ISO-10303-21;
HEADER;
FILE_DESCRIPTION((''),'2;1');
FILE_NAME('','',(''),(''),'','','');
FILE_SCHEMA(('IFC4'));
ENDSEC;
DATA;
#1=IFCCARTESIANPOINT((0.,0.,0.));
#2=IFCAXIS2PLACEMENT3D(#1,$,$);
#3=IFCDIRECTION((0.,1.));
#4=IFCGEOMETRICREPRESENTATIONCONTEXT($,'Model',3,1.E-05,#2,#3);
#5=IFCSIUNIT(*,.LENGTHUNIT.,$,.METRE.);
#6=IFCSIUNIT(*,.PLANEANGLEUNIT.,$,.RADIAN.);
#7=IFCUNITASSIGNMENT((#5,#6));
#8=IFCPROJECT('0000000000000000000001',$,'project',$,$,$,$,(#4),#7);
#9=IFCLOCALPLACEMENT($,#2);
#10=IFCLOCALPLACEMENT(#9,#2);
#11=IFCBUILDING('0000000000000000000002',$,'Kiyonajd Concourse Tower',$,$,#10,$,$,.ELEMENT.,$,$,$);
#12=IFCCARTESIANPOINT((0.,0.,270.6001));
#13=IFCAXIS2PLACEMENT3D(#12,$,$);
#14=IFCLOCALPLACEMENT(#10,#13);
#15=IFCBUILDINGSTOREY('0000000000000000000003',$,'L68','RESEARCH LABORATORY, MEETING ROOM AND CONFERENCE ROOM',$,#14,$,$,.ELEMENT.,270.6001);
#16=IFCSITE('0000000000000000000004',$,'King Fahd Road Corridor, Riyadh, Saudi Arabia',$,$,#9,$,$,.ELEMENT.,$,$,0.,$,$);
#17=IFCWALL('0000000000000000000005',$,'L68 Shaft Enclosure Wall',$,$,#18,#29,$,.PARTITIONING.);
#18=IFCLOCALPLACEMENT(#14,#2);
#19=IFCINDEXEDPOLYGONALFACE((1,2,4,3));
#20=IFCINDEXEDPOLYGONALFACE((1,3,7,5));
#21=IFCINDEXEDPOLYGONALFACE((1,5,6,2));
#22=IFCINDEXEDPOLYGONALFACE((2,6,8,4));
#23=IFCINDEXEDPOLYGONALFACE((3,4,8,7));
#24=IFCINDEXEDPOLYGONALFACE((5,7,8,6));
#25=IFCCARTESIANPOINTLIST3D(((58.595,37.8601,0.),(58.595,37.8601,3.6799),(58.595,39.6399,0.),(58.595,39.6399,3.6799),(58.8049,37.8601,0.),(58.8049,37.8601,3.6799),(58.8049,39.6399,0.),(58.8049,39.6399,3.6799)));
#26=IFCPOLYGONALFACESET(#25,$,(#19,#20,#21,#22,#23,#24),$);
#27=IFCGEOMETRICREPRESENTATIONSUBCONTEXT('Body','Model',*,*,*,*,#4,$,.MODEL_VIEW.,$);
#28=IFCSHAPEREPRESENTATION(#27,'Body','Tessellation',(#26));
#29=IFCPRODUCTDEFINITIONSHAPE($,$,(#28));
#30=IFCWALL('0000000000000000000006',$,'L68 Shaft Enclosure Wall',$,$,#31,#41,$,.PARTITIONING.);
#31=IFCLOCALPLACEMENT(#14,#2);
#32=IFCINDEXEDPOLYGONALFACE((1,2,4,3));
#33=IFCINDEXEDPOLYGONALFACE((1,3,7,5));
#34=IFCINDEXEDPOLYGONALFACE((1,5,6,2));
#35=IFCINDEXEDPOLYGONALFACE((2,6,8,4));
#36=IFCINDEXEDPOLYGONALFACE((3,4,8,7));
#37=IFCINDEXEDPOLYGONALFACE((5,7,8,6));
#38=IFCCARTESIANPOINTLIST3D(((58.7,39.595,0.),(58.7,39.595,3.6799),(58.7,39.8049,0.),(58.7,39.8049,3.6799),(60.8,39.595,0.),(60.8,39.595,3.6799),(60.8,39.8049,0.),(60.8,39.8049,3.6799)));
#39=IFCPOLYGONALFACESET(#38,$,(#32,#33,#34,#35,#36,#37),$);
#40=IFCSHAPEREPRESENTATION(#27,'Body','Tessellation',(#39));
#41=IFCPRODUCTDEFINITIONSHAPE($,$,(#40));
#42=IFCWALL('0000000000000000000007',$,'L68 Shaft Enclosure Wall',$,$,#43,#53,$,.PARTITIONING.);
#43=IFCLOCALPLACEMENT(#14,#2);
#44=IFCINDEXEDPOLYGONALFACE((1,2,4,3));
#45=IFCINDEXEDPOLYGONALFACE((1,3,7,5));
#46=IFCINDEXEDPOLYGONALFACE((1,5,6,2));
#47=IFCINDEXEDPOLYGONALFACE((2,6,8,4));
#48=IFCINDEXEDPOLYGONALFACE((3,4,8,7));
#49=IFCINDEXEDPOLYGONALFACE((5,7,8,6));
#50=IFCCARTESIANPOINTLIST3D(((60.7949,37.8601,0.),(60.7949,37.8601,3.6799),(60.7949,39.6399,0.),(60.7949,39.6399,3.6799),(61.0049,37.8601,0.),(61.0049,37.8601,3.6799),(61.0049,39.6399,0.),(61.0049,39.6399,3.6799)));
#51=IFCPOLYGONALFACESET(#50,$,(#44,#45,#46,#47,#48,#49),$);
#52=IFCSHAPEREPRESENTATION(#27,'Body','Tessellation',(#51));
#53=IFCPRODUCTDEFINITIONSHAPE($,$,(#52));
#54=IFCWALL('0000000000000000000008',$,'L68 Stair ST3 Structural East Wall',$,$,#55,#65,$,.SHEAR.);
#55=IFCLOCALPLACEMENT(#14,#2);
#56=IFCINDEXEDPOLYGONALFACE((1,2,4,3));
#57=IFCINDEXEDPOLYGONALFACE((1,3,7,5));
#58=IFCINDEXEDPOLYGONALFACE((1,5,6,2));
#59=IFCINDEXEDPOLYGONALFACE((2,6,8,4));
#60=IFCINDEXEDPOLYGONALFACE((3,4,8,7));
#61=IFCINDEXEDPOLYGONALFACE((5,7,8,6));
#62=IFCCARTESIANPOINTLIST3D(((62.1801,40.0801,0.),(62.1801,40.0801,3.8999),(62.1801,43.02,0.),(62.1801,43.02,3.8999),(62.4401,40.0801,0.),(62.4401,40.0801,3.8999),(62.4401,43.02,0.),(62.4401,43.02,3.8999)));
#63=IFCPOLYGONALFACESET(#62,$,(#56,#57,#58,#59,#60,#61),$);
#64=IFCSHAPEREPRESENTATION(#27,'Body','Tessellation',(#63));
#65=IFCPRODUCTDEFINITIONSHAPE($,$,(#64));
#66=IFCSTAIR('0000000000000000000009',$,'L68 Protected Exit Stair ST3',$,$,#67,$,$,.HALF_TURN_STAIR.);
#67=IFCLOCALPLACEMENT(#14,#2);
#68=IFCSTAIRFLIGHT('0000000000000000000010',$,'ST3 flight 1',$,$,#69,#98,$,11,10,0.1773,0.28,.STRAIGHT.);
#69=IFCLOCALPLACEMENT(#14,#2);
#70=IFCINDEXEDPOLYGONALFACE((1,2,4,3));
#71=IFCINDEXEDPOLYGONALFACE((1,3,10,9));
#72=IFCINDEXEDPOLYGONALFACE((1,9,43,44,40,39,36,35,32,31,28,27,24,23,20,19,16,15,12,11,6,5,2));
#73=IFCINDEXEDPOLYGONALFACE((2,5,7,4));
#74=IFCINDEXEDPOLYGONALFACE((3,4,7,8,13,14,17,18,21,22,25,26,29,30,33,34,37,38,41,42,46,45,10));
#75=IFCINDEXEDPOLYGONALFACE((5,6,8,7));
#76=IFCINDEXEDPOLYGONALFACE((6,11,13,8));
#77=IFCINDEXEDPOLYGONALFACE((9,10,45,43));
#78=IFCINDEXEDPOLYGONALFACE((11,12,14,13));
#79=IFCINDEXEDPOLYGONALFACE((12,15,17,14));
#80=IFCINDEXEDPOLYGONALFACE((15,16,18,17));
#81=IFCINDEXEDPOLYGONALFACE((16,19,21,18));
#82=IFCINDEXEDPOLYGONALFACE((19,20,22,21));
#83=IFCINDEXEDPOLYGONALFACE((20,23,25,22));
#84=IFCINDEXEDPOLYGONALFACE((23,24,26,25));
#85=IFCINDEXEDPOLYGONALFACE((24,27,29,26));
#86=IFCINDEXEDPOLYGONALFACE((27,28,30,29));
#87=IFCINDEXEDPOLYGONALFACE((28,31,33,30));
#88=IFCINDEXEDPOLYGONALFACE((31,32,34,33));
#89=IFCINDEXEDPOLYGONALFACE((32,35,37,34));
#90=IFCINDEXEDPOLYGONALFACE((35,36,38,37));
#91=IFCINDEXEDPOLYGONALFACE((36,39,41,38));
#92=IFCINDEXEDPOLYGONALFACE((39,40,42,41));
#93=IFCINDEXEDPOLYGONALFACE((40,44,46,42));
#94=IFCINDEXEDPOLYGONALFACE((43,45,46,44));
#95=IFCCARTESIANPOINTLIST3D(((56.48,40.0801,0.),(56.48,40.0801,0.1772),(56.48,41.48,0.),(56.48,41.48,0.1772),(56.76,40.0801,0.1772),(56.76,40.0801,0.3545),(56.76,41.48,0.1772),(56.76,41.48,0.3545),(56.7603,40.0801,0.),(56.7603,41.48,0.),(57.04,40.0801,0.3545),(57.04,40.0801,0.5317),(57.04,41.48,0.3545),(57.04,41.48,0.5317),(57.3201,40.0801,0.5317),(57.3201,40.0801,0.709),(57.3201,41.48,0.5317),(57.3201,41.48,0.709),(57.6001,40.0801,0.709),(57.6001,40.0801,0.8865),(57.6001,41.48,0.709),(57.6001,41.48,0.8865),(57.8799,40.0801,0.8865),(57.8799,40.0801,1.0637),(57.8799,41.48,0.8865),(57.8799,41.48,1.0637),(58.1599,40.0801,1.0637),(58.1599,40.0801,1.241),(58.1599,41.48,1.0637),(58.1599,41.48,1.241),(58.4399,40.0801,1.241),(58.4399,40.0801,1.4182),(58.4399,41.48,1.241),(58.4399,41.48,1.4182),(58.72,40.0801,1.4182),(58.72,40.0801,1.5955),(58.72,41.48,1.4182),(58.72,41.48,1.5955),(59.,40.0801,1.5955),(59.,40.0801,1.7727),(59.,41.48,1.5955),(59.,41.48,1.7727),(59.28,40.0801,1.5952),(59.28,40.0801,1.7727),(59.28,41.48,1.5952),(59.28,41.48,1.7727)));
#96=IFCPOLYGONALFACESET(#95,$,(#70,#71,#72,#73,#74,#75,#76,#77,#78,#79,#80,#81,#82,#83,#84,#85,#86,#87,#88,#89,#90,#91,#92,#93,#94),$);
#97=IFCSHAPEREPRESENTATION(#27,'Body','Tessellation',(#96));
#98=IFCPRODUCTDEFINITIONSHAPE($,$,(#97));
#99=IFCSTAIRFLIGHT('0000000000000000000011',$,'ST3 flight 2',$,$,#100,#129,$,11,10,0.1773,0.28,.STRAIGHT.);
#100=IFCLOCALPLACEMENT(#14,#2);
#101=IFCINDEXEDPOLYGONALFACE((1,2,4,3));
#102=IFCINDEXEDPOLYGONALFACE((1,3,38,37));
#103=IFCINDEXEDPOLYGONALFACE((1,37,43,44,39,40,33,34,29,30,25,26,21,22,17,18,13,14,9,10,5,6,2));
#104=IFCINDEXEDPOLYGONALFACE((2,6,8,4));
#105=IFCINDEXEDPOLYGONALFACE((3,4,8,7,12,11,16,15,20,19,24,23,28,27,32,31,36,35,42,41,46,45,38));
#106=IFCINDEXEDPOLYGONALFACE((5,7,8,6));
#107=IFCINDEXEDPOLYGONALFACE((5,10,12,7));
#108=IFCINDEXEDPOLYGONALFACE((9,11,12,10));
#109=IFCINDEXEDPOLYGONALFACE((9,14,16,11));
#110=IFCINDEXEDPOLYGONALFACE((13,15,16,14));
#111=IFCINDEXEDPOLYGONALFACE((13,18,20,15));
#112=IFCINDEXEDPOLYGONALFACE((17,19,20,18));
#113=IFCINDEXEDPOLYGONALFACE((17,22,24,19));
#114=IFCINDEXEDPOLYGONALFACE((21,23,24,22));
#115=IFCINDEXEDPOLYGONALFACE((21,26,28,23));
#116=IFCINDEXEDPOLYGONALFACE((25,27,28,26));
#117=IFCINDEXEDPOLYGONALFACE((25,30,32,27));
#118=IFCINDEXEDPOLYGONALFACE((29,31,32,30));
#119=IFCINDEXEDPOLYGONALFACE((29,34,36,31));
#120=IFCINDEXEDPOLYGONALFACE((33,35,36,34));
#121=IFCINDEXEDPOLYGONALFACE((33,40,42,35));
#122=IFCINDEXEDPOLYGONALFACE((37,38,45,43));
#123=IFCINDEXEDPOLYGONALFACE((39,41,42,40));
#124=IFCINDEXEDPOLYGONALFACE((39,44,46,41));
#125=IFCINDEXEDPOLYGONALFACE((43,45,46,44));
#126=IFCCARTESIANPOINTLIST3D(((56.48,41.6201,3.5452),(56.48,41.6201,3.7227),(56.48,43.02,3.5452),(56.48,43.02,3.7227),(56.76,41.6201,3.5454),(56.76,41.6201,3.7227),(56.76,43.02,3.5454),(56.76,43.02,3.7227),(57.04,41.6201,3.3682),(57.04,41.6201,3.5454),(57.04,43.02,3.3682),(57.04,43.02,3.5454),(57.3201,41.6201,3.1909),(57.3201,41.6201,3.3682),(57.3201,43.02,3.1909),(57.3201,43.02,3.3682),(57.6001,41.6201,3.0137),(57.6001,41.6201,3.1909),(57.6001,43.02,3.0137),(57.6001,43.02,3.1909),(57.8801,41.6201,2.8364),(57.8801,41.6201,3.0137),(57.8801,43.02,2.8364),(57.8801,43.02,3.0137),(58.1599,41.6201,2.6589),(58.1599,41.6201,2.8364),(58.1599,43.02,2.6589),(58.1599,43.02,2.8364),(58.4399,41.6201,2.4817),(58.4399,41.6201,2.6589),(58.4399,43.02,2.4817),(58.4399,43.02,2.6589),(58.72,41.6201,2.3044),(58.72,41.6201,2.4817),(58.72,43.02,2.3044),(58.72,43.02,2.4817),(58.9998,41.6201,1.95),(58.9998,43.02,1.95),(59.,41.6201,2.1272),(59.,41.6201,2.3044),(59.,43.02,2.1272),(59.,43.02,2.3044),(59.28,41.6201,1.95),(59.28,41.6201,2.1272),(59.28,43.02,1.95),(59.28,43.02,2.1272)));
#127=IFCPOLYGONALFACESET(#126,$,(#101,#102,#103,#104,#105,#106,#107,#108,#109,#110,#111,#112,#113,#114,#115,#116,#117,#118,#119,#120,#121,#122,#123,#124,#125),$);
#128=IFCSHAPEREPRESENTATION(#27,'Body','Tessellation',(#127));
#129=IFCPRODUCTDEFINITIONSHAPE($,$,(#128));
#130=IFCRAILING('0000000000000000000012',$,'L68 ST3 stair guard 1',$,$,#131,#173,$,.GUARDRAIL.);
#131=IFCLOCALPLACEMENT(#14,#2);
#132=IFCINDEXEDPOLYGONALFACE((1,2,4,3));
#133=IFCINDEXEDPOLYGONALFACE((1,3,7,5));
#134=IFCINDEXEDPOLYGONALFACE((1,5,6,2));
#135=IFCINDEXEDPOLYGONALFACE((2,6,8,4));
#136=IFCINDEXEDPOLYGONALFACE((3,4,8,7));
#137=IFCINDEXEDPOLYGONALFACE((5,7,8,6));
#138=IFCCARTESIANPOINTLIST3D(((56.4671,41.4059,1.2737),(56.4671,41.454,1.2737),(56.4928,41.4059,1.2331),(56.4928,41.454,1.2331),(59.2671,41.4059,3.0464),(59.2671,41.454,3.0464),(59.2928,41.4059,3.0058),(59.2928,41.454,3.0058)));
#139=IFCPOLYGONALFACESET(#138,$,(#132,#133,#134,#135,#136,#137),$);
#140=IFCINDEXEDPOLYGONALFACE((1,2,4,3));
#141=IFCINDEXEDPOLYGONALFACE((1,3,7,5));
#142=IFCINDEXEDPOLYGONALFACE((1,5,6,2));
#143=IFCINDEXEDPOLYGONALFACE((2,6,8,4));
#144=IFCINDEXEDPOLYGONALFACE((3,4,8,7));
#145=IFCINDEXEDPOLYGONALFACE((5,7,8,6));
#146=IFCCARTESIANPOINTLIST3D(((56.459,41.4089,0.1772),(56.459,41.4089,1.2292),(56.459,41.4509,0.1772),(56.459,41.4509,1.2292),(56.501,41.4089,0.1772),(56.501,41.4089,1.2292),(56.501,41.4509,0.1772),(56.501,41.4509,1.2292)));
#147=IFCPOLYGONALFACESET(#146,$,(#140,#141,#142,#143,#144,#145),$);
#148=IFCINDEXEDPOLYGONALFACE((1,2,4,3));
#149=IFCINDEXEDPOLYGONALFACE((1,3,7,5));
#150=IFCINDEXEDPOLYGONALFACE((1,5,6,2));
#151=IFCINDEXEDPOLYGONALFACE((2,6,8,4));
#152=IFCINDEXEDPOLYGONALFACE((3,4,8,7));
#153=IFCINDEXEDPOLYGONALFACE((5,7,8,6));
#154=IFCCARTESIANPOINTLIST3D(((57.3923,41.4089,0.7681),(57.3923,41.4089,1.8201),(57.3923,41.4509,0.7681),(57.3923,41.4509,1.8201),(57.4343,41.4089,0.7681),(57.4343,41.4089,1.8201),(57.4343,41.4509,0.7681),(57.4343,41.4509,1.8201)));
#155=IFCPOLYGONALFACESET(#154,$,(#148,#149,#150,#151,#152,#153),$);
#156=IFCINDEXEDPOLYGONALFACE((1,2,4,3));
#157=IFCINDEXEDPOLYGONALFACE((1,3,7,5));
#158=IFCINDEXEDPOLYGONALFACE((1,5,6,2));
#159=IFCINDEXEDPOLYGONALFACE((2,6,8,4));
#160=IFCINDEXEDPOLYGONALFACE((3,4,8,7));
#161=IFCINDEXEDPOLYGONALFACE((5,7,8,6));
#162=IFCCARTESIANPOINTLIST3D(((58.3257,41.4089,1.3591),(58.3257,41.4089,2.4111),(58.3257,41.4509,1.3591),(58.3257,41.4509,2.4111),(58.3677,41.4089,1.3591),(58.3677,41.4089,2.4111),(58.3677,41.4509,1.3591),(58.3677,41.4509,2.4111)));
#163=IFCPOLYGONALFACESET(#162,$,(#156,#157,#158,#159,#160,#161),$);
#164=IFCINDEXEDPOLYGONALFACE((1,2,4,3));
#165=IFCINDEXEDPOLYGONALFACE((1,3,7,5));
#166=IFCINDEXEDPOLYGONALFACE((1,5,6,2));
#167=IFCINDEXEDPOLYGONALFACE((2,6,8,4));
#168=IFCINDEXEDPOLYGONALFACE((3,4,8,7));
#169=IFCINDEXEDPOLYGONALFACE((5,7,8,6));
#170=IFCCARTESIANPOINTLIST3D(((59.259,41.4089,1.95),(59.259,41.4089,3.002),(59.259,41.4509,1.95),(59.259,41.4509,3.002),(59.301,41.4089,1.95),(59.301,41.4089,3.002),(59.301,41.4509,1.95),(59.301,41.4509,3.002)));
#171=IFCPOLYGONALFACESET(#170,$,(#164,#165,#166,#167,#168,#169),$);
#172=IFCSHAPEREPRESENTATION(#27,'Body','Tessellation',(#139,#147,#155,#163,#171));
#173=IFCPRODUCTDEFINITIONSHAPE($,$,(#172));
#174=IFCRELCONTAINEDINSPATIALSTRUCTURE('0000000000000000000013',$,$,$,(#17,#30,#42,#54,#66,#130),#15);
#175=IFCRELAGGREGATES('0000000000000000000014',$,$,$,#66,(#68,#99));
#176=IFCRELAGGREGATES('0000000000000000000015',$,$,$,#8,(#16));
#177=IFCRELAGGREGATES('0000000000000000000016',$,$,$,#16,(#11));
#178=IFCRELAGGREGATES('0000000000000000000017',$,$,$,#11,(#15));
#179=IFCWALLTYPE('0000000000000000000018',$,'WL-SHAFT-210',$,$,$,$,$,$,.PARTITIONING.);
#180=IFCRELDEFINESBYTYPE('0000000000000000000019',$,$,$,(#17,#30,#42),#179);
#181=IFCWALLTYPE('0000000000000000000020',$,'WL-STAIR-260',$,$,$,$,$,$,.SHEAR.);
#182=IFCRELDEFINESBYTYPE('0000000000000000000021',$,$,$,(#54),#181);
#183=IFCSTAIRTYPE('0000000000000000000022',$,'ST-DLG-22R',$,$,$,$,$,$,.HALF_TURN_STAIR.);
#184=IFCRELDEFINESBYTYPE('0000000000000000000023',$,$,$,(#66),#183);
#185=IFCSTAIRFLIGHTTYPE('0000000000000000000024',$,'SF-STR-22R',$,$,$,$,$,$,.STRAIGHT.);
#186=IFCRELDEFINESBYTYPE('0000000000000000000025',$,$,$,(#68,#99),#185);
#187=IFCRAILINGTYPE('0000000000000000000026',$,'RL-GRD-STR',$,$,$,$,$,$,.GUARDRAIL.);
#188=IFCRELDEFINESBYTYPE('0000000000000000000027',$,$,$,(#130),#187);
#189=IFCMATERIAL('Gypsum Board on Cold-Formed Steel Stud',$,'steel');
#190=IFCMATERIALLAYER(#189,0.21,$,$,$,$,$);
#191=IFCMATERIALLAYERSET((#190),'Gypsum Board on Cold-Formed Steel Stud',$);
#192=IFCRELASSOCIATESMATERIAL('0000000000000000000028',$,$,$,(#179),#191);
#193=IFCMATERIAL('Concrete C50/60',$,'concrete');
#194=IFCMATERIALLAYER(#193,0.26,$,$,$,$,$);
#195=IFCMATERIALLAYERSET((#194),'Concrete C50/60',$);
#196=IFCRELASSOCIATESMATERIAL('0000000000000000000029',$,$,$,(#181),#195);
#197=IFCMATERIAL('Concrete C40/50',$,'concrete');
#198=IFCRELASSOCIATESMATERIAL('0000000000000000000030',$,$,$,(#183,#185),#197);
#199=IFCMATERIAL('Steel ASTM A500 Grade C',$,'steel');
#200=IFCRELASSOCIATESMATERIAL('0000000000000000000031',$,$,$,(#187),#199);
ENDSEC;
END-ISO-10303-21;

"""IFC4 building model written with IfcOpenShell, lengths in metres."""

from ifc_helpers import new_model, si_unit, direction, frame, frame_2d, origin, origin_2d, place, context, subcontext, project, spatial, polyline, rectangle, outline, extrude, material, layer, layer_set, type_object, element, aggregate, save


model = new_model("IFC4")

# Units and contexts
model_context = context("Model", 3, precision=1e-05, world=origin(), true_north=direction((0.0, 1.0)))
body_context = subcontext(model_context, "Body", "Model", "MODEL_VIEW")
ifc_project = project(units=[si_unit("LENGTHUNIT", "METRE"), si_unit("PLANEANGLEUNIT", "RADIAN")], contexts=[model_context])

# Site, building, storey
site_placement = place(None, origin())
site = spatial("IfcSite", under=ifc_project, at=site_placement, Name="King Fahd Road Corridor, Riyadh, Saudi Arabia", CompositionType="ELEMENT", RefElevation=0.0)
building_placement = place(site_placement, origin())
building = spatial("IfcBuilding", under=site, at=building_placement, Name="Kiyonajd Concourse Tower", CompositionType="ELEMENT")
storey_placement = place(building_placement, frame((0.0, 0.0, 270.6001)))
storey = spatial("IfcBuildingStorey", under=building, at=storey_placement, Name="L68", Description="RESEARCH LABORATORY, MEETING ROOM AND CONFERENCE ROOM", CompositionType="ELEMENT", Elevation=270.6001)

# Shared definitions
ifc_material_1 = material(Name="Gypsum Board on Cold-Formed Steel Stud", Category="steel")

# Walls
ifc_layer_1 = layer(ifc_material_1, 0.21)
ifc_layer_set_1 = layer_set([ifc_layer_1], Name="Gypsum Board on Cold-Formed Steel Stud")
wall_type_1 = type_object("IfcWallType", Name="WL-SHAFT-210", PredefinedType="PARTITIONING", material=ifc_layer_set_1)
wall_1_placement = place(storey_placement, frame((58.7, 37.8601, 0.0), z_axis=(0.0, 0.0, 1.0), x_axis=(0.0, 1.0, 0.0)))
element("IfcWall", 1, at=wall_1_placement, inside=storey, type_object=wall_type_1, Name="L68 Shaft Enclosure Wall", PredefinedType="PARTITIONING", context=body_context, shape_type="SweptSolid", body=[
    extrude(rectangle(XDim=1.7798, YDim=0.21, at=frame_2d((0.8899, 0.0))), origin(), (0.0, 0.0, 1.0), 3.6799),
])
wall_2_placement = place(storey_placement, frame((58.7, 39.7, 0.0), z_axis=(0.0, 0.0, 1.0), x_axis=(1.0, 0.0, 0.0)))
element("IfcWall", 2, at=wall_2_placement, inside=storey, type_object=wall_type_1, Name="L68 Shaft Enclosure Wall", PredefinedType="PARTITIONING", context=body_context, shape_type="SweptSolid", body=[
    extrude(rectangle(XDim=2.1001, YDim=0.21, at=frame_2d((1.05, 0.0))), origin(), (0.0, 0.0, 1.0), 3.6799),
])
wall_3_placement = place(storey_placement, frame((60.8999, 37.8601, 0.0), z_axis=(0.0, 0.0, 1.0), x_axis=(0.0, 1.0, 0.0)))
element("IfcWall", 3, at=wall_3_placement, inside=storey, type_object=wall_type_1, Name="L68 Shaft Enclosure Wall", PredefinedType="PARTITIONING", context=body_context, shape_type="SweptSolid", body=[
    extrude(rectangle(XDim=1.7798, YDim=0.21, at=frame_2d((0.8899, 0.0))), origin(), (0.0, 0.0, 1.0), 3.6799),
])
ifc_material_2 = material(Name="Concrete C50/60", Category="concrete")
ifc_layer_2 = layer(ifc_material_2, 0.26)
ifc_layer_set_2 = layer_set([ifc_layer_2], Name="Concrete C50/60")
wall_type_2 = type_object("IfcWallType", Name="WL-STAIR-260", PredefinedType="SHEAR", material=ifc_layer_set_2)
wall_4_placement = place(storey_placement, frame((62.3101, 40.0801, 0.0), z_axis=(0.0, 0.0, 1.0), x_axis=(0.0, 1.0, 0.0)))
element("IfcWall", 4, at=wall_4_placement, inside=storey, type_object=wall_type_2, Name="L68 Stair ST3 Structural East Wall", PredefinedType="SHEAR", context=body_context, shape_type="SweptSolid", body=[
    extrude(rectangle(XDim=2.9399, YDim=0.26, at=frame_2d((1.47, 0.0))), origin(), (0.0, 0.0, 1.0), 3.8999),
])

# Stair, stair flights
ifc_material_3 = material(Name="Concrete C40/50", Category="concrete")
stair_type = type_object("IfcStairType", Name="ST-DLG-22R", PredefinedType="HALF_TURN_STAIR", material=ifc_material_3)
stair_placement = place(storey_placement, origin())
stair = element("IfcStair", 5, at=stair_placement, inside=storey, type_object=stair_type, Name="L68 Protected Exit Stair ST3", PredefinedType="HALF_TURN_STAIR")
stair_flight_type = type_object("IfcStairFlightType", Name="SF-STR-22R", PredefinedType="STRAIGHT", material=ifc_material_3)
stair_flight_1_placement = place(storey_placement, frame((56.48, 40.78, 0.0), z_axis=(0.0, 0.0, 1.0), x_axis=(1.0, 0.0, 0.0)))
stair_flight_1 = element("IfcStairFlight", 6, at=stair_flight_1_placement, type_object=stair_flight_type, Name="ST3 flight 1", NumberOfRisers=11, NumberOfTreads=10, PredefinedType="STRAIGHT", RiserHeight=0.1773, TreadLength=0.28, context=body_context, shape_type="SweptSolid", body=[
    extrude(outline(polyline([(0.0, 0.0), (0.0, 0.1772), (0.28, 0.1772), (0.28, 0.3545), (0.5601, 0.3545), (0.5601, 0.5317), (0.8401, 0.5317), (0.8401, 0.709), (1.1201, 0.709), (1.1201, 0.8865), (1.3999, 0.8865), (1.3999, 1.0637), (1.6799, 1.0637), (1.6799, 1.241), (1.96, 1.241), (1.96, 1.4182), (2.24, 1.4182), (2.24, 1.5955), (2.52, 1.5955), (2.52, 1.7727), (2.8, 1.7727), (2.8, 1.95), (2.8, 1.5952), (0.2803, 0.0), (0.0, 0.0)])), frame((0.0, 0.7, 0.0), z_axis=(0.0, -1.0, 0.0), x_axis=(1.0, 0.0, 0.0)), (0.0, 0.0, 1.0), 1.3999),
])
stair_flight_2_placement = place(storey_placement, frame((59.28, 42.3201, 1.95), z_axis=(0.0, 0.0, 1.0), x_axis=(-1.0, 0.0, 0.0)))
stair_flight_2 = element("IfcStairFlight", 7, at=stair_flight_2_placement, type_object=stair_flight_type, Name="ST3 flight 2", NumberOfRisers=11, NumberOfTreads=10, PredefinedType="STRAIGHT", RiserHeight=0.1773, TreadLength=0.28, context=body_context, shape_type="SweptSolid", body=[
    extrude(outline(polyline([(0.0, 0.0), (0.0, 0.1772), (0.28, 0.1772), (0.28, 0.3545), (0.5601, 0.3545), (0.5601, 0.5317), (0.8401, 0.5317), (0.8401, 0.709), (1.1201, 0.709), (1.1201, 0.8865), (1.3999, 0.8865), (1.3999, 1.0637), (1.6799, 1.0637), (1.6799, 1.241), (1.96, 1.241), (1.96, 1.4182), (2.24, 1.4182), (2.24, 1.5955), (2.52, 1.5955), (2.52, 1.7727), (2.8, 1.7727), (2.8, 1.95), (2.8, 1.5952), (0.2803, 0.0), (0.0, 0.0)])), frame((0.0, 0.7, 0.0), z_axis=(0.0, -1.0, 0.0), x_axis=(1.0, 0.0, 0.0)), (0.0, 0.0, 1.0), 1.3999),
])
aggregate(stair, [stair_flight_1, stair_flight_2])

# Railing
ifc_material_4 = material(Name="Steel ASTM A500 Grade C", Category="steel")
railing_type_1 = type_object("IfcRailingType", Name="RL-GRD-STR", PredefinedType="GUARDRAIL", material=ifc_material_4)
railing_1_placement = place(storey_placement, frame((56.48, 41.4299, 0.1772)))
element("IfcRailing", 8, at=railing_1_placement, inside=storey, type_object=railing_type_1, Name="L68 ST3 stair guard 1", PredefinedType="GUARDRAIL", context=body_context, shape_type="SweptSolid", body=[
    extrude(rectangle(XDim=0.0481, YDim=0.0481, at=origin_2d()), frame((0.0, 0.0, 1.0762), z_axis=(0.844909, 0.0, 0.53491), x_axis=(0.0, 1.0, 0.0)), (0.0, 0.0, 1.0), 3.314),
    extrude(rectangle(XDim=0.042, YDim=0.042, at=origin_2d()), origin(), (0.0, 0.0, 1.0), 1.052),
    extrude(rectangle(XDim=0.042, YDim=0.042, at=origin_2d()), frame((0.9333, 0.0, 0.5908)), (0.0, 0.0, 1.0), 1.052),
    extrude(rectangle(XDim=0.042, YDim=0.042, at=origin_2d()), frame((1.8667, 0.0, 1.1819)), (0.0, 0.0, 1.0), 1.052),
    extrude(rectangle(XDim=0.042, YDim=0.042, at=origin_2d()), frame((2.8, 0.0, 1.7727)), (0.0, 0.0, 1.0), 1.052),
])

save(model, "model.ifc")
